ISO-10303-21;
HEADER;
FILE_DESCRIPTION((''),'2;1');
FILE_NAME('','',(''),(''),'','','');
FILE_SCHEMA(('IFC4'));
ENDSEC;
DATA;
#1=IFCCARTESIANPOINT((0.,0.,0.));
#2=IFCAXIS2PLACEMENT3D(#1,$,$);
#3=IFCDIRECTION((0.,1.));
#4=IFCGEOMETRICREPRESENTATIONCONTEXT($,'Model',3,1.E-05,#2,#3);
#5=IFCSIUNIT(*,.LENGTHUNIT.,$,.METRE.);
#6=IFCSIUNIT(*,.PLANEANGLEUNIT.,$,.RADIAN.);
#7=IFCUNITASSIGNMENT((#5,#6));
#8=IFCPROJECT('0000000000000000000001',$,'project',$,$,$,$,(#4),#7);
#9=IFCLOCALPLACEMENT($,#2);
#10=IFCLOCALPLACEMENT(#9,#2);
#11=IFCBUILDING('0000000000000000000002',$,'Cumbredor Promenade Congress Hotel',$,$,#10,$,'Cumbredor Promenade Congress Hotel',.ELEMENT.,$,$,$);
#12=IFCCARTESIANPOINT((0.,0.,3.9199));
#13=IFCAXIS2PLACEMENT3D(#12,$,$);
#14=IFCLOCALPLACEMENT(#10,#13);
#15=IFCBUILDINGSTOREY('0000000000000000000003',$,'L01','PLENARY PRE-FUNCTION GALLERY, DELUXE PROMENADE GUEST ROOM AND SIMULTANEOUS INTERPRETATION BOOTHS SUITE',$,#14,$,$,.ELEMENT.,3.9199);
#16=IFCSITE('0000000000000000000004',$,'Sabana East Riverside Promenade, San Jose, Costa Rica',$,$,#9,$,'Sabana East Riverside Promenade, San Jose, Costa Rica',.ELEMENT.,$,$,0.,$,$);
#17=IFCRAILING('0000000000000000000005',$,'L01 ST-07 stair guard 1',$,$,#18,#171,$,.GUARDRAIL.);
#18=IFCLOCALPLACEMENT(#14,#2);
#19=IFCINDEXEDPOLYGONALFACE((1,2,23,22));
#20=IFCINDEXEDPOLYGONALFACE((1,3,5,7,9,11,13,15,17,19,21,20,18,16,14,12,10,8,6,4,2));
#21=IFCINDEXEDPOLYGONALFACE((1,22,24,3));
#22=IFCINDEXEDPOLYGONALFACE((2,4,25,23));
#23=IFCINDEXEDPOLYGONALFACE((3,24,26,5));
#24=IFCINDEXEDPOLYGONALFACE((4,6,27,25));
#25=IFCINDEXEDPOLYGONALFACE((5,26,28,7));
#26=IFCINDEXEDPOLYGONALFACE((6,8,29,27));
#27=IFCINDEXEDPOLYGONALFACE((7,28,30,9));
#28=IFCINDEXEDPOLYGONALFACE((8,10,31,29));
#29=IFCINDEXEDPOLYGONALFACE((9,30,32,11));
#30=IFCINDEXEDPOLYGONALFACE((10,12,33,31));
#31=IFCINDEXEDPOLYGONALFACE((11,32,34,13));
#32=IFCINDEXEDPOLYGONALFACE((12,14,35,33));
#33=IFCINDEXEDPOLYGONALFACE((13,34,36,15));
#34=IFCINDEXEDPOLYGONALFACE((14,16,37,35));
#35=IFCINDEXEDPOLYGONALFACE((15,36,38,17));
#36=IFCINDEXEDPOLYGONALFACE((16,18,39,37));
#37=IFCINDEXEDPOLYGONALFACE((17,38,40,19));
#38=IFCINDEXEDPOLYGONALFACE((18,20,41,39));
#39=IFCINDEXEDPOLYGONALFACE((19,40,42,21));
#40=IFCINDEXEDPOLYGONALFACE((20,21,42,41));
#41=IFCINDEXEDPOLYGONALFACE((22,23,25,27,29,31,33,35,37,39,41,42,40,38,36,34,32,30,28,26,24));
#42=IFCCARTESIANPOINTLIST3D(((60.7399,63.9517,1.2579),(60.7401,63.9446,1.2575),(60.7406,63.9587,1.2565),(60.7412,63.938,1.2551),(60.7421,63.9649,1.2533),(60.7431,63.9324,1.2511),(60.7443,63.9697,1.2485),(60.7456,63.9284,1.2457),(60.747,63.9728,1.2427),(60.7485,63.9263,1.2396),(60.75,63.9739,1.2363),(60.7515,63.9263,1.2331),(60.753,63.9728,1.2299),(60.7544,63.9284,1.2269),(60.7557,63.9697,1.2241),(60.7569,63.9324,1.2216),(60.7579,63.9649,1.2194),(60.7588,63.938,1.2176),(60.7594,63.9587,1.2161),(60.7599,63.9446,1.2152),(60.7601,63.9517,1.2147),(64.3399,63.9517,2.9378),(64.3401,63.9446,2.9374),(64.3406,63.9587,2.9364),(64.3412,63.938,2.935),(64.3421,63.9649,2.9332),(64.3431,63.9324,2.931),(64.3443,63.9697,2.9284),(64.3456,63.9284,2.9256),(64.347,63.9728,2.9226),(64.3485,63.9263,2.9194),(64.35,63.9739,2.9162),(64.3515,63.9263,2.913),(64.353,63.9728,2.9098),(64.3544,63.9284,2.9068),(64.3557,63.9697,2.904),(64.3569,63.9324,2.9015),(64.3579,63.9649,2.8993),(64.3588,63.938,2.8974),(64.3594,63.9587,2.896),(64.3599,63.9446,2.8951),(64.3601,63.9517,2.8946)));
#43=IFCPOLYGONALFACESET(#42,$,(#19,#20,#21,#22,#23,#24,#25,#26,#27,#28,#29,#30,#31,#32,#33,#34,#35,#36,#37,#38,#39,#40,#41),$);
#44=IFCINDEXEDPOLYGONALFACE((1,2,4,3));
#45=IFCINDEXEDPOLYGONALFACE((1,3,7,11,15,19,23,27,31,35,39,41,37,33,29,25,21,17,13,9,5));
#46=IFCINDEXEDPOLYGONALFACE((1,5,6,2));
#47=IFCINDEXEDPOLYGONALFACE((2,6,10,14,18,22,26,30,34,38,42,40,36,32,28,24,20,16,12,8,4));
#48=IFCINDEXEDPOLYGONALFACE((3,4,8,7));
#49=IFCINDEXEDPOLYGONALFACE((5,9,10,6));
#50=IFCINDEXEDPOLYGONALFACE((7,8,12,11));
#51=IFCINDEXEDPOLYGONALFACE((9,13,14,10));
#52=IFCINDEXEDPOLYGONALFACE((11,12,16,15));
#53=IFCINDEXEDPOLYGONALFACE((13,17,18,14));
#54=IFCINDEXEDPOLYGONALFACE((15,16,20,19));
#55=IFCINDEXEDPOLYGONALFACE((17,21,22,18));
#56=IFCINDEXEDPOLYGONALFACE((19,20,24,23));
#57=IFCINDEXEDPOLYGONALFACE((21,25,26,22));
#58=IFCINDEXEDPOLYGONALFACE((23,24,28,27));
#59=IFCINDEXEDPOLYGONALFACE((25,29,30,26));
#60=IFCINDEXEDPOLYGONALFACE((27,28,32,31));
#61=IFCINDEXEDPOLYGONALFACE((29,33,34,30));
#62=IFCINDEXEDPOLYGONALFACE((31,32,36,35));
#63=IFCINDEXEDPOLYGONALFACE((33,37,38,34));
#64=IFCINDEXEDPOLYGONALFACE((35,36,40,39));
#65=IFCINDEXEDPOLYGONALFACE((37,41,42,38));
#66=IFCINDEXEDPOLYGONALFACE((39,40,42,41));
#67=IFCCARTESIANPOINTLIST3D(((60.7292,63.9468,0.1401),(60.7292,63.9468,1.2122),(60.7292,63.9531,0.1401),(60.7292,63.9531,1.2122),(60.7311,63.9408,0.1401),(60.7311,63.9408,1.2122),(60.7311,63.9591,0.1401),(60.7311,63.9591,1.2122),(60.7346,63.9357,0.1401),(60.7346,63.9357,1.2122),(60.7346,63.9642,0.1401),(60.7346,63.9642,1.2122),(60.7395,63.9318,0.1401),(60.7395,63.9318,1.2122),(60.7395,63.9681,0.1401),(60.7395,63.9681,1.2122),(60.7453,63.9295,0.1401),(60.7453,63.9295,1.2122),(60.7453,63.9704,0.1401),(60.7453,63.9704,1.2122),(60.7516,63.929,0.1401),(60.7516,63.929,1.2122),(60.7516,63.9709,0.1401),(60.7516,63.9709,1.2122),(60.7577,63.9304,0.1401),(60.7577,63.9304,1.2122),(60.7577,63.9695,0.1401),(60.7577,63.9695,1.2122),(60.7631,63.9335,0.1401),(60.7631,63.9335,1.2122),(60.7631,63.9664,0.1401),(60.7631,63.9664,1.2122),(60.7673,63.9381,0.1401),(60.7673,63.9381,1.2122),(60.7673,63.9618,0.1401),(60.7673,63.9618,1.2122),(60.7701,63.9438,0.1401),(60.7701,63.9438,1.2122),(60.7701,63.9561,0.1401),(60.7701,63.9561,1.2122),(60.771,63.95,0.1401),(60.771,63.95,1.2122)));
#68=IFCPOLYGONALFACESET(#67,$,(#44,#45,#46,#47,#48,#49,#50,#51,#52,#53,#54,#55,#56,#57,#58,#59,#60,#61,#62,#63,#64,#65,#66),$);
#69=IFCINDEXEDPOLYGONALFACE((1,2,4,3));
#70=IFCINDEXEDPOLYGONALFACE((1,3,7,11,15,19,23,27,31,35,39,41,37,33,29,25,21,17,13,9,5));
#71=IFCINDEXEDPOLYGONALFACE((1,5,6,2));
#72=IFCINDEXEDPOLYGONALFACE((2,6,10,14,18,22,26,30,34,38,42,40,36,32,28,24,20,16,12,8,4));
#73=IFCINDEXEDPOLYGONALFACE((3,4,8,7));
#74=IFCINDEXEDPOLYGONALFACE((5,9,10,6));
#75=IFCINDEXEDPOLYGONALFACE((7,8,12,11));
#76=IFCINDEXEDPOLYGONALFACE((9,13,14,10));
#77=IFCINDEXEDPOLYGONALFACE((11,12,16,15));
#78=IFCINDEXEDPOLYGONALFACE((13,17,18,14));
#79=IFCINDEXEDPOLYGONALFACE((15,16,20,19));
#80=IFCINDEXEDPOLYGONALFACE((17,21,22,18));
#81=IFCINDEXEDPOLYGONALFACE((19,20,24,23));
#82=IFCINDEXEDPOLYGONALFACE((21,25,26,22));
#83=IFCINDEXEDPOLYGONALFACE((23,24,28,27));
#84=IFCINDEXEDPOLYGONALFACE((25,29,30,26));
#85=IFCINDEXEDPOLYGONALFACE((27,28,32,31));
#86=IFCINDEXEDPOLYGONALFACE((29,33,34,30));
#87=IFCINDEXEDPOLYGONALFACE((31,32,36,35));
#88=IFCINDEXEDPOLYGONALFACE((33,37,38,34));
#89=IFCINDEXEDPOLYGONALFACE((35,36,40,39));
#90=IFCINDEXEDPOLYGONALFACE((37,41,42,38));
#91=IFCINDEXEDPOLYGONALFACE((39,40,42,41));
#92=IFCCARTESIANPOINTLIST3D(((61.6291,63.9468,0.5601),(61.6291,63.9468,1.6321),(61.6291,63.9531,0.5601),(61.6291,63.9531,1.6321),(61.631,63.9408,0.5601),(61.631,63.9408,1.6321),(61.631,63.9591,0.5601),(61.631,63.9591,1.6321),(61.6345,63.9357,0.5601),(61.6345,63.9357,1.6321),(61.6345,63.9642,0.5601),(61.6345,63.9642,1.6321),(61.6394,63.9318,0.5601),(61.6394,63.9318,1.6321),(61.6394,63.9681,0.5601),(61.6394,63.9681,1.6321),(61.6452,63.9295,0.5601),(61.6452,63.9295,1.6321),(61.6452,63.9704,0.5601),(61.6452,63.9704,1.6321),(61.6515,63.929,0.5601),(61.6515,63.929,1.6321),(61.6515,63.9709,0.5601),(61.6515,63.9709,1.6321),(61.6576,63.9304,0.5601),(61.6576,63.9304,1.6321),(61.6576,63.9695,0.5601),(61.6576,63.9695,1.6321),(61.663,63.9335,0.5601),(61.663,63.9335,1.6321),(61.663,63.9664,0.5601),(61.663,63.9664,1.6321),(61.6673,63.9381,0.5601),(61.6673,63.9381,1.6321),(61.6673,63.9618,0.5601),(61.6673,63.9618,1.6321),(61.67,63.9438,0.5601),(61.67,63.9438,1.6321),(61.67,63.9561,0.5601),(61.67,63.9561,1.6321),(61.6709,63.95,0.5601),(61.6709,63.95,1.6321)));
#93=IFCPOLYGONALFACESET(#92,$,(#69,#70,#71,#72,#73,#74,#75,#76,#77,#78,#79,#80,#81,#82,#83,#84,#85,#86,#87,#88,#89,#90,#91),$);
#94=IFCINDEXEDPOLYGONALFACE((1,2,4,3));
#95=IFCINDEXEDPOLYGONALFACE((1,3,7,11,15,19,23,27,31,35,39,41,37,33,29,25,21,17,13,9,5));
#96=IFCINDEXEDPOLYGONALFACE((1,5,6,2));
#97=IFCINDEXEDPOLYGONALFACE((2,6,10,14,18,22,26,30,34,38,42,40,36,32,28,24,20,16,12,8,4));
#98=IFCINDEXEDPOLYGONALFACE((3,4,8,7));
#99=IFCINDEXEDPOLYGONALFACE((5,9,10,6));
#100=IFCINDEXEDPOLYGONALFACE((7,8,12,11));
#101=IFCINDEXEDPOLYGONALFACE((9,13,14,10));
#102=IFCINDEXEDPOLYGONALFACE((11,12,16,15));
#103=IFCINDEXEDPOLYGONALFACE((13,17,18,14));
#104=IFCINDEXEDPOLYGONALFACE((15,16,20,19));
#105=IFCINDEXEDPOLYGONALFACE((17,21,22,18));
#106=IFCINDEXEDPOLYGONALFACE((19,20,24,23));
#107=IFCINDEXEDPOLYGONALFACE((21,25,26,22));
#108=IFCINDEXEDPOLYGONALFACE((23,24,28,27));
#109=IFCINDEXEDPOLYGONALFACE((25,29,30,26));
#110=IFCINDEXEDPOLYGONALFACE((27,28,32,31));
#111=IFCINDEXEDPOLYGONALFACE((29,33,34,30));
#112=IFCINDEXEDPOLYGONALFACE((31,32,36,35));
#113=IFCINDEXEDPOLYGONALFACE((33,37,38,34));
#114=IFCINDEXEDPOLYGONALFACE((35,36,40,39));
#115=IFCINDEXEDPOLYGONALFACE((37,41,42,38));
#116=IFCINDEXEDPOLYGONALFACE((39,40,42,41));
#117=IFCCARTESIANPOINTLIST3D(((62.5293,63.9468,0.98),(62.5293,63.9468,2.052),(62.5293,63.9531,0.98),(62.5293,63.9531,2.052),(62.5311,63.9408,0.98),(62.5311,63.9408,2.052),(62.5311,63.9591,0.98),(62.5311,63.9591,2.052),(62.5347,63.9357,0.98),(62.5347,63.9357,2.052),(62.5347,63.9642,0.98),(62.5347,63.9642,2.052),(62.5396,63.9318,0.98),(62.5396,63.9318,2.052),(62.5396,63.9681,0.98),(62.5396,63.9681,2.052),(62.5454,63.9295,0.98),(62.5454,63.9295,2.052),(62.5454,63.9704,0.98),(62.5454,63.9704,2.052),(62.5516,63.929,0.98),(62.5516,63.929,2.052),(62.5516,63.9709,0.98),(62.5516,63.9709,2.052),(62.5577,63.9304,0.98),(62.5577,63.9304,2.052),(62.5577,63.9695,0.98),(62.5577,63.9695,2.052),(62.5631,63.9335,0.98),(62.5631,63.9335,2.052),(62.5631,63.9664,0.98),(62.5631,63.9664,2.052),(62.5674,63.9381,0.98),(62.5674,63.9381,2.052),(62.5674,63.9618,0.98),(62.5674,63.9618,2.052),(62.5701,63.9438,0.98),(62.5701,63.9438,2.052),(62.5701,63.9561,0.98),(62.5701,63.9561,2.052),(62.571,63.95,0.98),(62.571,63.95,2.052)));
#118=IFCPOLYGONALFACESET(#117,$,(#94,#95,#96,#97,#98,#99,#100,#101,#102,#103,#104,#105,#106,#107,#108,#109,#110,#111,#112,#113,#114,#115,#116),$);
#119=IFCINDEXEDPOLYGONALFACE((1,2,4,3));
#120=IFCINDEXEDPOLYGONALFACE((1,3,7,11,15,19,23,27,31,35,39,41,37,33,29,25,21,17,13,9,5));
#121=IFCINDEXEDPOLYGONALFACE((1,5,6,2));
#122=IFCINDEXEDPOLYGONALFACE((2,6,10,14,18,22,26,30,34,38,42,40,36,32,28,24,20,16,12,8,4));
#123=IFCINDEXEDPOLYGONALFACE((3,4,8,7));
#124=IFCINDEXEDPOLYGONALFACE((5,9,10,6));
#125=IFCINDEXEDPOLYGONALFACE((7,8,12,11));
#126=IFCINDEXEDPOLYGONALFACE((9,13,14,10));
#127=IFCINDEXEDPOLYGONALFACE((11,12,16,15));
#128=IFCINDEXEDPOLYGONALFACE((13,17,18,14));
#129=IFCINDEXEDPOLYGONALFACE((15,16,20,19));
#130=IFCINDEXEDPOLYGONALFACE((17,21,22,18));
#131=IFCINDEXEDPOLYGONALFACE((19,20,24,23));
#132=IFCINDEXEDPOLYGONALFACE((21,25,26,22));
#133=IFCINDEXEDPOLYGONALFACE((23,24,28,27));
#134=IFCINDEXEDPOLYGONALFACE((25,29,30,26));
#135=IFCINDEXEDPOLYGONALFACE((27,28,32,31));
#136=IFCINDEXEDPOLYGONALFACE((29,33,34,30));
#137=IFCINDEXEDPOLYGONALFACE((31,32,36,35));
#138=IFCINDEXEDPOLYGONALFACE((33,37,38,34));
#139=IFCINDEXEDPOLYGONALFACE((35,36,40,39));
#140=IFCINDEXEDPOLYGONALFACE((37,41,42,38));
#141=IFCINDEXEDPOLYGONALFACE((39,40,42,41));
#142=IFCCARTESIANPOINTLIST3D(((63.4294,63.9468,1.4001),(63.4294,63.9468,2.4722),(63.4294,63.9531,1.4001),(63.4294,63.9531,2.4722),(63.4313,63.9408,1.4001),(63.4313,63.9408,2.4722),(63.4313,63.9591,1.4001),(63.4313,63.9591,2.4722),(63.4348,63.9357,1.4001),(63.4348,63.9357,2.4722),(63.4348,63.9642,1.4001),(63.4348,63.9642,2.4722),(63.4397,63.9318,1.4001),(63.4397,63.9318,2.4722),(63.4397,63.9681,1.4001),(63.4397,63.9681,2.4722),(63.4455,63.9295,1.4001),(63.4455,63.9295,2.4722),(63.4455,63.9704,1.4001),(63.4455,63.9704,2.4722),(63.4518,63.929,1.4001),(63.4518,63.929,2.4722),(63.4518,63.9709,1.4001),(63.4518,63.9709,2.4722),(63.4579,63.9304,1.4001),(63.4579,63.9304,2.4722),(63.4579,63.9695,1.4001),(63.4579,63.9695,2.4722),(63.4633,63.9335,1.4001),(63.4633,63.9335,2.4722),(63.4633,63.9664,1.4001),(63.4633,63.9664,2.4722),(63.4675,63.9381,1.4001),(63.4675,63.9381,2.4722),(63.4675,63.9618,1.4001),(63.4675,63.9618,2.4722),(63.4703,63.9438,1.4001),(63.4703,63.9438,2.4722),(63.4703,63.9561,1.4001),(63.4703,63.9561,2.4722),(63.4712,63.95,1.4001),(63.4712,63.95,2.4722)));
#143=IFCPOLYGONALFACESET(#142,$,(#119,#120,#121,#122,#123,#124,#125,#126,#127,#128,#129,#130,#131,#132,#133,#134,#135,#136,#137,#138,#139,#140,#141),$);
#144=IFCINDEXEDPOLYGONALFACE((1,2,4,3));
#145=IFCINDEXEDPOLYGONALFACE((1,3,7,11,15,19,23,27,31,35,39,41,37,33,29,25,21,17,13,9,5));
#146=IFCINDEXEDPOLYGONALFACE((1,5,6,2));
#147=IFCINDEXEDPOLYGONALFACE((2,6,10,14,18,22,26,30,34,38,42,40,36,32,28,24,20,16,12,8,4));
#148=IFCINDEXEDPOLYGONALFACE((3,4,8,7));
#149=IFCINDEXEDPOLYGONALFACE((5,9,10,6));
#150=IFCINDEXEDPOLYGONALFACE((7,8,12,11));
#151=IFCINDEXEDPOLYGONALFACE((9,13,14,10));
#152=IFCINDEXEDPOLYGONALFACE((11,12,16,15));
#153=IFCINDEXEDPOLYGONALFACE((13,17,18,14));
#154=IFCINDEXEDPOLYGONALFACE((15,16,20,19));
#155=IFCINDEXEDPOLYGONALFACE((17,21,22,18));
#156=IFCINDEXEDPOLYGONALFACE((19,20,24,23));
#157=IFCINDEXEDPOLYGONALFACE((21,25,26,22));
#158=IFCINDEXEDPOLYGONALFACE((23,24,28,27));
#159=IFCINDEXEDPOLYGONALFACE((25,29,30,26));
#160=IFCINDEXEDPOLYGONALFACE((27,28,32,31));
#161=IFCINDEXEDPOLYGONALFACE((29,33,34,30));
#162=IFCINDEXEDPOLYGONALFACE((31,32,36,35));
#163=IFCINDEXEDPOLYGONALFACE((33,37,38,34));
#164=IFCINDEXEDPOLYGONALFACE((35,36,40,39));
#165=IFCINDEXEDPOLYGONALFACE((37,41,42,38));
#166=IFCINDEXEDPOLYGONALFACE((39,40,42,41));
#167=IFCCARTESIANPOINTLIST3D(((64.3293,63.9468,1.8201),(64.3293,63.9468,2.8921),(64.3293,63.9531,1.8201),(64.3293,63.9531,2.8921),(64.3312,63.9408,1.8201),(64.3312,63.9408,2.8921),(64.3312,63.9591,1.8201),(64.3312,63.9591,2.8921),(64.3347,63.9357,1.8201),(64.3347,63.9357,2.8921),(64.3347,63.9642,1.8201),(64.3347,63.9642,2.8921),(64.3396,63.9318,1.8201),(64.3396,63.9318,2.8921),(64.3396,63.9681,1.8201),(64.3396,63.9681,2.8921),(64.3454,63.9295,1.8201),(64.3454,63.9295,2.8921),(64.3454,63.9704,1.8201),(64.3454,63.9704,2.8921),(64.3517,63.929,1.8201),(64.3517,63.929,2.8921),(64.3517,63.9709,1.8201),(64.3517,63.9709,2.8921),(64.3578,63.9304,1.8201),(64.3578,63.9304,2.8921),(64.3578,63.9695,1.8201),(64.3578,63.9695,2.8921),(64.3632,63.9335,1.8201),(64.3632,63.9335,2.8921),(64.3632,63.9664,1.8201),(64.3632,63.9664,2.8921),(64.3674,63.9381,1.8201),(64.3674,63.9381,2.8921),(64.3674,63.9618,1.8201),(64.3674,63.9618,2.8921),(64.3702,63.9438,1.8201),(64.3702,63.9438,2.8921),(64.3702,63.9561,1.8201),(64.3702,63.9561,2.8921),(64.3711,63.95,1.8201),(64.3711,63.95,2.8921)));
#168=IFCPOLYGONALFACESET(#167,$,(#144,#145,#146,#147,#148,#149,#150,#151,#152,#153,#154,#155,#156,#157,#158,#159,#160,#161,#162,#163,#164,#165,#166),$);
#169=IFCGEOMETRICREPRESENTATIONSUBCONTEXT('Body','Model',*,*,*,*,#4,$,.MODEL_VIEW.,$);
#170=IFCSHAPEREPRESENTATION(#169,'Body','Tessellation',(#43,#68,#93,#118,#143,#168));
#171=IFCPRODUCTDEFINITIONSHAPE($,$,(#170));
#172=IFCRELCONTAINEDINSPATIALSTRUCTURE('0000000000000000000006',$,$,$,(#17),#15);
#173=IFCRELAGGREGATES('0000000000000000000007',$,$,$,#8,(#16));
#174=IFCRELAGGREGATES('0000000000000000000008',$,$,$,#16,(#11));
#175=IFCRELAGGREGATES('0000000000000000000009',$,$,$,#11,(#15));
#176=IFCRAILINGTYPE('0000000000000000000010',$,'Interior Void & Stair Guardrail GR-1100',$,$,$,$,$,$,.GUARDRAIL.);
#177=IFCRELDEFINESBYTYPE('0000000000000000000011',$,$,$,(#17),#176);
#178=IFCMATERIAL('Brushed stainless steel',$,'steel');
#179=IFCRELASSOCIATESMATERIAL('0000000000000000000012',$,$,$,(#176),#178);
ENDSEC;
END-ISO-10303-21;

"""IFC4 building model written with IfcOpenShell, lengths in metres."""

from ifc_helpers import new_model, si_unit, direction, frame, origin, origin_2d, place, context, subcontext, project, spatial, circle, extrude, material, type_object, element, save


model = new_model("IFC4")

# Units and contexts
model_context = context("Model", 3, precision=1e-05, world=origin(), true_north=direction((0.0, 1.0)))
body_context = subcontext(model_context, "Body", "Model", "MODEL_VIEW")
ifc_project = project(units=[si_unit("LENGTHUNIT", "METRE"), si_unit("PLANEANGLEUNIT", "RADIAN")], contexts=[model_context])

# Site, building, storey
site_placement = place(None, origin())
site = spatial("IfcSite", under=ifc_project, at=site_placement, Name="Sabana East Riverside Promenade, San Jose, Costa Rica", LongName="Sabana East Riverside Promenade, San Jose, Costa Rica", CompositionType="ELEMENT", RefElevation=0.0)
building_placement = place(site_placement, origin())
building = spatial("IfcBuilding", under=site, at=building_placement, Name="Cumbredor Promenade Congress Hotel", LongName="Cumbredor Promenade Congress Hotel", CompositionType="ELEMENT")
storey_placement = place(building_placement, frame((0.0, 0.0, 3.9199)))
storey = spatial("IfcBuildingStorey", under=building, at=storey_placement, Name="L01", Description="PLENARY PRE-FUNCTION GALLERY, DELUXE PROMENADE GUEST ROOM AND SIMULTANEOUS INTERPRETATION BOOTHS SUITE", CompositionType="ELEMENT", Elevation=3.9199)

# Railing
ifc_material_1 = material(Name="Brushed stainless steel", Category="steel")
railing_type_1 = type_object("IfcRailingType", Name="Interior Void & Stair Guardrail GR-1100", PredefinedType="GUARDRAIL", material=ifc_material_1)
railing_1_placement = place(storey_placement, frame((60.75, 63.95, 0.1401)))
element("IfcRailing", 1, at=railing_1_placement, inside=storey, type_object=railing_type_1, Name="L01 ST-07 stair guard 1", PredefinedType="GUARDRAIL", context=body_context, shape_type="SweptSolid", body=[
    extrude(circle(Radius=0.0239, at=origin_2d()), frame((0.0, 0.0, 1.0962), z_axis=(0.906194, 0.0, 0.422862), x_axis=(0.0, 1.0, 0.0)), (0.0, 0.0, 1.0), 3.9727),
    extrude(circle(Radius=0.021, at=origin_2d()), origin(), (0.0, 0.0, 1.0), 1.072),
    extrude(circle(Radius=0.021, at=origin_2d()), frame((0.8999, 0.0, 0.4199)), (0.0, 0.0, 1.0), 1.072),
    extrude(circle(Radius=0.021, at=origin_2d()), frame((1.8, 0.0, 0.8398)), (0.0, 0.0, 1.0), 1.072),
    extrude(circle(Radius=0.021, at=origin_2d()), frame((2.7002, 0.0, 1.26)), (0.0, 0.0, 1.0), 1.072),
    extrude(circle(Radius=0.021, at=origin_2d()), frame((3.6001, 0.0, 1.6799)), (0.0, 0.0, 1.0), 1.072),
])

save(model, "model.ifc")
